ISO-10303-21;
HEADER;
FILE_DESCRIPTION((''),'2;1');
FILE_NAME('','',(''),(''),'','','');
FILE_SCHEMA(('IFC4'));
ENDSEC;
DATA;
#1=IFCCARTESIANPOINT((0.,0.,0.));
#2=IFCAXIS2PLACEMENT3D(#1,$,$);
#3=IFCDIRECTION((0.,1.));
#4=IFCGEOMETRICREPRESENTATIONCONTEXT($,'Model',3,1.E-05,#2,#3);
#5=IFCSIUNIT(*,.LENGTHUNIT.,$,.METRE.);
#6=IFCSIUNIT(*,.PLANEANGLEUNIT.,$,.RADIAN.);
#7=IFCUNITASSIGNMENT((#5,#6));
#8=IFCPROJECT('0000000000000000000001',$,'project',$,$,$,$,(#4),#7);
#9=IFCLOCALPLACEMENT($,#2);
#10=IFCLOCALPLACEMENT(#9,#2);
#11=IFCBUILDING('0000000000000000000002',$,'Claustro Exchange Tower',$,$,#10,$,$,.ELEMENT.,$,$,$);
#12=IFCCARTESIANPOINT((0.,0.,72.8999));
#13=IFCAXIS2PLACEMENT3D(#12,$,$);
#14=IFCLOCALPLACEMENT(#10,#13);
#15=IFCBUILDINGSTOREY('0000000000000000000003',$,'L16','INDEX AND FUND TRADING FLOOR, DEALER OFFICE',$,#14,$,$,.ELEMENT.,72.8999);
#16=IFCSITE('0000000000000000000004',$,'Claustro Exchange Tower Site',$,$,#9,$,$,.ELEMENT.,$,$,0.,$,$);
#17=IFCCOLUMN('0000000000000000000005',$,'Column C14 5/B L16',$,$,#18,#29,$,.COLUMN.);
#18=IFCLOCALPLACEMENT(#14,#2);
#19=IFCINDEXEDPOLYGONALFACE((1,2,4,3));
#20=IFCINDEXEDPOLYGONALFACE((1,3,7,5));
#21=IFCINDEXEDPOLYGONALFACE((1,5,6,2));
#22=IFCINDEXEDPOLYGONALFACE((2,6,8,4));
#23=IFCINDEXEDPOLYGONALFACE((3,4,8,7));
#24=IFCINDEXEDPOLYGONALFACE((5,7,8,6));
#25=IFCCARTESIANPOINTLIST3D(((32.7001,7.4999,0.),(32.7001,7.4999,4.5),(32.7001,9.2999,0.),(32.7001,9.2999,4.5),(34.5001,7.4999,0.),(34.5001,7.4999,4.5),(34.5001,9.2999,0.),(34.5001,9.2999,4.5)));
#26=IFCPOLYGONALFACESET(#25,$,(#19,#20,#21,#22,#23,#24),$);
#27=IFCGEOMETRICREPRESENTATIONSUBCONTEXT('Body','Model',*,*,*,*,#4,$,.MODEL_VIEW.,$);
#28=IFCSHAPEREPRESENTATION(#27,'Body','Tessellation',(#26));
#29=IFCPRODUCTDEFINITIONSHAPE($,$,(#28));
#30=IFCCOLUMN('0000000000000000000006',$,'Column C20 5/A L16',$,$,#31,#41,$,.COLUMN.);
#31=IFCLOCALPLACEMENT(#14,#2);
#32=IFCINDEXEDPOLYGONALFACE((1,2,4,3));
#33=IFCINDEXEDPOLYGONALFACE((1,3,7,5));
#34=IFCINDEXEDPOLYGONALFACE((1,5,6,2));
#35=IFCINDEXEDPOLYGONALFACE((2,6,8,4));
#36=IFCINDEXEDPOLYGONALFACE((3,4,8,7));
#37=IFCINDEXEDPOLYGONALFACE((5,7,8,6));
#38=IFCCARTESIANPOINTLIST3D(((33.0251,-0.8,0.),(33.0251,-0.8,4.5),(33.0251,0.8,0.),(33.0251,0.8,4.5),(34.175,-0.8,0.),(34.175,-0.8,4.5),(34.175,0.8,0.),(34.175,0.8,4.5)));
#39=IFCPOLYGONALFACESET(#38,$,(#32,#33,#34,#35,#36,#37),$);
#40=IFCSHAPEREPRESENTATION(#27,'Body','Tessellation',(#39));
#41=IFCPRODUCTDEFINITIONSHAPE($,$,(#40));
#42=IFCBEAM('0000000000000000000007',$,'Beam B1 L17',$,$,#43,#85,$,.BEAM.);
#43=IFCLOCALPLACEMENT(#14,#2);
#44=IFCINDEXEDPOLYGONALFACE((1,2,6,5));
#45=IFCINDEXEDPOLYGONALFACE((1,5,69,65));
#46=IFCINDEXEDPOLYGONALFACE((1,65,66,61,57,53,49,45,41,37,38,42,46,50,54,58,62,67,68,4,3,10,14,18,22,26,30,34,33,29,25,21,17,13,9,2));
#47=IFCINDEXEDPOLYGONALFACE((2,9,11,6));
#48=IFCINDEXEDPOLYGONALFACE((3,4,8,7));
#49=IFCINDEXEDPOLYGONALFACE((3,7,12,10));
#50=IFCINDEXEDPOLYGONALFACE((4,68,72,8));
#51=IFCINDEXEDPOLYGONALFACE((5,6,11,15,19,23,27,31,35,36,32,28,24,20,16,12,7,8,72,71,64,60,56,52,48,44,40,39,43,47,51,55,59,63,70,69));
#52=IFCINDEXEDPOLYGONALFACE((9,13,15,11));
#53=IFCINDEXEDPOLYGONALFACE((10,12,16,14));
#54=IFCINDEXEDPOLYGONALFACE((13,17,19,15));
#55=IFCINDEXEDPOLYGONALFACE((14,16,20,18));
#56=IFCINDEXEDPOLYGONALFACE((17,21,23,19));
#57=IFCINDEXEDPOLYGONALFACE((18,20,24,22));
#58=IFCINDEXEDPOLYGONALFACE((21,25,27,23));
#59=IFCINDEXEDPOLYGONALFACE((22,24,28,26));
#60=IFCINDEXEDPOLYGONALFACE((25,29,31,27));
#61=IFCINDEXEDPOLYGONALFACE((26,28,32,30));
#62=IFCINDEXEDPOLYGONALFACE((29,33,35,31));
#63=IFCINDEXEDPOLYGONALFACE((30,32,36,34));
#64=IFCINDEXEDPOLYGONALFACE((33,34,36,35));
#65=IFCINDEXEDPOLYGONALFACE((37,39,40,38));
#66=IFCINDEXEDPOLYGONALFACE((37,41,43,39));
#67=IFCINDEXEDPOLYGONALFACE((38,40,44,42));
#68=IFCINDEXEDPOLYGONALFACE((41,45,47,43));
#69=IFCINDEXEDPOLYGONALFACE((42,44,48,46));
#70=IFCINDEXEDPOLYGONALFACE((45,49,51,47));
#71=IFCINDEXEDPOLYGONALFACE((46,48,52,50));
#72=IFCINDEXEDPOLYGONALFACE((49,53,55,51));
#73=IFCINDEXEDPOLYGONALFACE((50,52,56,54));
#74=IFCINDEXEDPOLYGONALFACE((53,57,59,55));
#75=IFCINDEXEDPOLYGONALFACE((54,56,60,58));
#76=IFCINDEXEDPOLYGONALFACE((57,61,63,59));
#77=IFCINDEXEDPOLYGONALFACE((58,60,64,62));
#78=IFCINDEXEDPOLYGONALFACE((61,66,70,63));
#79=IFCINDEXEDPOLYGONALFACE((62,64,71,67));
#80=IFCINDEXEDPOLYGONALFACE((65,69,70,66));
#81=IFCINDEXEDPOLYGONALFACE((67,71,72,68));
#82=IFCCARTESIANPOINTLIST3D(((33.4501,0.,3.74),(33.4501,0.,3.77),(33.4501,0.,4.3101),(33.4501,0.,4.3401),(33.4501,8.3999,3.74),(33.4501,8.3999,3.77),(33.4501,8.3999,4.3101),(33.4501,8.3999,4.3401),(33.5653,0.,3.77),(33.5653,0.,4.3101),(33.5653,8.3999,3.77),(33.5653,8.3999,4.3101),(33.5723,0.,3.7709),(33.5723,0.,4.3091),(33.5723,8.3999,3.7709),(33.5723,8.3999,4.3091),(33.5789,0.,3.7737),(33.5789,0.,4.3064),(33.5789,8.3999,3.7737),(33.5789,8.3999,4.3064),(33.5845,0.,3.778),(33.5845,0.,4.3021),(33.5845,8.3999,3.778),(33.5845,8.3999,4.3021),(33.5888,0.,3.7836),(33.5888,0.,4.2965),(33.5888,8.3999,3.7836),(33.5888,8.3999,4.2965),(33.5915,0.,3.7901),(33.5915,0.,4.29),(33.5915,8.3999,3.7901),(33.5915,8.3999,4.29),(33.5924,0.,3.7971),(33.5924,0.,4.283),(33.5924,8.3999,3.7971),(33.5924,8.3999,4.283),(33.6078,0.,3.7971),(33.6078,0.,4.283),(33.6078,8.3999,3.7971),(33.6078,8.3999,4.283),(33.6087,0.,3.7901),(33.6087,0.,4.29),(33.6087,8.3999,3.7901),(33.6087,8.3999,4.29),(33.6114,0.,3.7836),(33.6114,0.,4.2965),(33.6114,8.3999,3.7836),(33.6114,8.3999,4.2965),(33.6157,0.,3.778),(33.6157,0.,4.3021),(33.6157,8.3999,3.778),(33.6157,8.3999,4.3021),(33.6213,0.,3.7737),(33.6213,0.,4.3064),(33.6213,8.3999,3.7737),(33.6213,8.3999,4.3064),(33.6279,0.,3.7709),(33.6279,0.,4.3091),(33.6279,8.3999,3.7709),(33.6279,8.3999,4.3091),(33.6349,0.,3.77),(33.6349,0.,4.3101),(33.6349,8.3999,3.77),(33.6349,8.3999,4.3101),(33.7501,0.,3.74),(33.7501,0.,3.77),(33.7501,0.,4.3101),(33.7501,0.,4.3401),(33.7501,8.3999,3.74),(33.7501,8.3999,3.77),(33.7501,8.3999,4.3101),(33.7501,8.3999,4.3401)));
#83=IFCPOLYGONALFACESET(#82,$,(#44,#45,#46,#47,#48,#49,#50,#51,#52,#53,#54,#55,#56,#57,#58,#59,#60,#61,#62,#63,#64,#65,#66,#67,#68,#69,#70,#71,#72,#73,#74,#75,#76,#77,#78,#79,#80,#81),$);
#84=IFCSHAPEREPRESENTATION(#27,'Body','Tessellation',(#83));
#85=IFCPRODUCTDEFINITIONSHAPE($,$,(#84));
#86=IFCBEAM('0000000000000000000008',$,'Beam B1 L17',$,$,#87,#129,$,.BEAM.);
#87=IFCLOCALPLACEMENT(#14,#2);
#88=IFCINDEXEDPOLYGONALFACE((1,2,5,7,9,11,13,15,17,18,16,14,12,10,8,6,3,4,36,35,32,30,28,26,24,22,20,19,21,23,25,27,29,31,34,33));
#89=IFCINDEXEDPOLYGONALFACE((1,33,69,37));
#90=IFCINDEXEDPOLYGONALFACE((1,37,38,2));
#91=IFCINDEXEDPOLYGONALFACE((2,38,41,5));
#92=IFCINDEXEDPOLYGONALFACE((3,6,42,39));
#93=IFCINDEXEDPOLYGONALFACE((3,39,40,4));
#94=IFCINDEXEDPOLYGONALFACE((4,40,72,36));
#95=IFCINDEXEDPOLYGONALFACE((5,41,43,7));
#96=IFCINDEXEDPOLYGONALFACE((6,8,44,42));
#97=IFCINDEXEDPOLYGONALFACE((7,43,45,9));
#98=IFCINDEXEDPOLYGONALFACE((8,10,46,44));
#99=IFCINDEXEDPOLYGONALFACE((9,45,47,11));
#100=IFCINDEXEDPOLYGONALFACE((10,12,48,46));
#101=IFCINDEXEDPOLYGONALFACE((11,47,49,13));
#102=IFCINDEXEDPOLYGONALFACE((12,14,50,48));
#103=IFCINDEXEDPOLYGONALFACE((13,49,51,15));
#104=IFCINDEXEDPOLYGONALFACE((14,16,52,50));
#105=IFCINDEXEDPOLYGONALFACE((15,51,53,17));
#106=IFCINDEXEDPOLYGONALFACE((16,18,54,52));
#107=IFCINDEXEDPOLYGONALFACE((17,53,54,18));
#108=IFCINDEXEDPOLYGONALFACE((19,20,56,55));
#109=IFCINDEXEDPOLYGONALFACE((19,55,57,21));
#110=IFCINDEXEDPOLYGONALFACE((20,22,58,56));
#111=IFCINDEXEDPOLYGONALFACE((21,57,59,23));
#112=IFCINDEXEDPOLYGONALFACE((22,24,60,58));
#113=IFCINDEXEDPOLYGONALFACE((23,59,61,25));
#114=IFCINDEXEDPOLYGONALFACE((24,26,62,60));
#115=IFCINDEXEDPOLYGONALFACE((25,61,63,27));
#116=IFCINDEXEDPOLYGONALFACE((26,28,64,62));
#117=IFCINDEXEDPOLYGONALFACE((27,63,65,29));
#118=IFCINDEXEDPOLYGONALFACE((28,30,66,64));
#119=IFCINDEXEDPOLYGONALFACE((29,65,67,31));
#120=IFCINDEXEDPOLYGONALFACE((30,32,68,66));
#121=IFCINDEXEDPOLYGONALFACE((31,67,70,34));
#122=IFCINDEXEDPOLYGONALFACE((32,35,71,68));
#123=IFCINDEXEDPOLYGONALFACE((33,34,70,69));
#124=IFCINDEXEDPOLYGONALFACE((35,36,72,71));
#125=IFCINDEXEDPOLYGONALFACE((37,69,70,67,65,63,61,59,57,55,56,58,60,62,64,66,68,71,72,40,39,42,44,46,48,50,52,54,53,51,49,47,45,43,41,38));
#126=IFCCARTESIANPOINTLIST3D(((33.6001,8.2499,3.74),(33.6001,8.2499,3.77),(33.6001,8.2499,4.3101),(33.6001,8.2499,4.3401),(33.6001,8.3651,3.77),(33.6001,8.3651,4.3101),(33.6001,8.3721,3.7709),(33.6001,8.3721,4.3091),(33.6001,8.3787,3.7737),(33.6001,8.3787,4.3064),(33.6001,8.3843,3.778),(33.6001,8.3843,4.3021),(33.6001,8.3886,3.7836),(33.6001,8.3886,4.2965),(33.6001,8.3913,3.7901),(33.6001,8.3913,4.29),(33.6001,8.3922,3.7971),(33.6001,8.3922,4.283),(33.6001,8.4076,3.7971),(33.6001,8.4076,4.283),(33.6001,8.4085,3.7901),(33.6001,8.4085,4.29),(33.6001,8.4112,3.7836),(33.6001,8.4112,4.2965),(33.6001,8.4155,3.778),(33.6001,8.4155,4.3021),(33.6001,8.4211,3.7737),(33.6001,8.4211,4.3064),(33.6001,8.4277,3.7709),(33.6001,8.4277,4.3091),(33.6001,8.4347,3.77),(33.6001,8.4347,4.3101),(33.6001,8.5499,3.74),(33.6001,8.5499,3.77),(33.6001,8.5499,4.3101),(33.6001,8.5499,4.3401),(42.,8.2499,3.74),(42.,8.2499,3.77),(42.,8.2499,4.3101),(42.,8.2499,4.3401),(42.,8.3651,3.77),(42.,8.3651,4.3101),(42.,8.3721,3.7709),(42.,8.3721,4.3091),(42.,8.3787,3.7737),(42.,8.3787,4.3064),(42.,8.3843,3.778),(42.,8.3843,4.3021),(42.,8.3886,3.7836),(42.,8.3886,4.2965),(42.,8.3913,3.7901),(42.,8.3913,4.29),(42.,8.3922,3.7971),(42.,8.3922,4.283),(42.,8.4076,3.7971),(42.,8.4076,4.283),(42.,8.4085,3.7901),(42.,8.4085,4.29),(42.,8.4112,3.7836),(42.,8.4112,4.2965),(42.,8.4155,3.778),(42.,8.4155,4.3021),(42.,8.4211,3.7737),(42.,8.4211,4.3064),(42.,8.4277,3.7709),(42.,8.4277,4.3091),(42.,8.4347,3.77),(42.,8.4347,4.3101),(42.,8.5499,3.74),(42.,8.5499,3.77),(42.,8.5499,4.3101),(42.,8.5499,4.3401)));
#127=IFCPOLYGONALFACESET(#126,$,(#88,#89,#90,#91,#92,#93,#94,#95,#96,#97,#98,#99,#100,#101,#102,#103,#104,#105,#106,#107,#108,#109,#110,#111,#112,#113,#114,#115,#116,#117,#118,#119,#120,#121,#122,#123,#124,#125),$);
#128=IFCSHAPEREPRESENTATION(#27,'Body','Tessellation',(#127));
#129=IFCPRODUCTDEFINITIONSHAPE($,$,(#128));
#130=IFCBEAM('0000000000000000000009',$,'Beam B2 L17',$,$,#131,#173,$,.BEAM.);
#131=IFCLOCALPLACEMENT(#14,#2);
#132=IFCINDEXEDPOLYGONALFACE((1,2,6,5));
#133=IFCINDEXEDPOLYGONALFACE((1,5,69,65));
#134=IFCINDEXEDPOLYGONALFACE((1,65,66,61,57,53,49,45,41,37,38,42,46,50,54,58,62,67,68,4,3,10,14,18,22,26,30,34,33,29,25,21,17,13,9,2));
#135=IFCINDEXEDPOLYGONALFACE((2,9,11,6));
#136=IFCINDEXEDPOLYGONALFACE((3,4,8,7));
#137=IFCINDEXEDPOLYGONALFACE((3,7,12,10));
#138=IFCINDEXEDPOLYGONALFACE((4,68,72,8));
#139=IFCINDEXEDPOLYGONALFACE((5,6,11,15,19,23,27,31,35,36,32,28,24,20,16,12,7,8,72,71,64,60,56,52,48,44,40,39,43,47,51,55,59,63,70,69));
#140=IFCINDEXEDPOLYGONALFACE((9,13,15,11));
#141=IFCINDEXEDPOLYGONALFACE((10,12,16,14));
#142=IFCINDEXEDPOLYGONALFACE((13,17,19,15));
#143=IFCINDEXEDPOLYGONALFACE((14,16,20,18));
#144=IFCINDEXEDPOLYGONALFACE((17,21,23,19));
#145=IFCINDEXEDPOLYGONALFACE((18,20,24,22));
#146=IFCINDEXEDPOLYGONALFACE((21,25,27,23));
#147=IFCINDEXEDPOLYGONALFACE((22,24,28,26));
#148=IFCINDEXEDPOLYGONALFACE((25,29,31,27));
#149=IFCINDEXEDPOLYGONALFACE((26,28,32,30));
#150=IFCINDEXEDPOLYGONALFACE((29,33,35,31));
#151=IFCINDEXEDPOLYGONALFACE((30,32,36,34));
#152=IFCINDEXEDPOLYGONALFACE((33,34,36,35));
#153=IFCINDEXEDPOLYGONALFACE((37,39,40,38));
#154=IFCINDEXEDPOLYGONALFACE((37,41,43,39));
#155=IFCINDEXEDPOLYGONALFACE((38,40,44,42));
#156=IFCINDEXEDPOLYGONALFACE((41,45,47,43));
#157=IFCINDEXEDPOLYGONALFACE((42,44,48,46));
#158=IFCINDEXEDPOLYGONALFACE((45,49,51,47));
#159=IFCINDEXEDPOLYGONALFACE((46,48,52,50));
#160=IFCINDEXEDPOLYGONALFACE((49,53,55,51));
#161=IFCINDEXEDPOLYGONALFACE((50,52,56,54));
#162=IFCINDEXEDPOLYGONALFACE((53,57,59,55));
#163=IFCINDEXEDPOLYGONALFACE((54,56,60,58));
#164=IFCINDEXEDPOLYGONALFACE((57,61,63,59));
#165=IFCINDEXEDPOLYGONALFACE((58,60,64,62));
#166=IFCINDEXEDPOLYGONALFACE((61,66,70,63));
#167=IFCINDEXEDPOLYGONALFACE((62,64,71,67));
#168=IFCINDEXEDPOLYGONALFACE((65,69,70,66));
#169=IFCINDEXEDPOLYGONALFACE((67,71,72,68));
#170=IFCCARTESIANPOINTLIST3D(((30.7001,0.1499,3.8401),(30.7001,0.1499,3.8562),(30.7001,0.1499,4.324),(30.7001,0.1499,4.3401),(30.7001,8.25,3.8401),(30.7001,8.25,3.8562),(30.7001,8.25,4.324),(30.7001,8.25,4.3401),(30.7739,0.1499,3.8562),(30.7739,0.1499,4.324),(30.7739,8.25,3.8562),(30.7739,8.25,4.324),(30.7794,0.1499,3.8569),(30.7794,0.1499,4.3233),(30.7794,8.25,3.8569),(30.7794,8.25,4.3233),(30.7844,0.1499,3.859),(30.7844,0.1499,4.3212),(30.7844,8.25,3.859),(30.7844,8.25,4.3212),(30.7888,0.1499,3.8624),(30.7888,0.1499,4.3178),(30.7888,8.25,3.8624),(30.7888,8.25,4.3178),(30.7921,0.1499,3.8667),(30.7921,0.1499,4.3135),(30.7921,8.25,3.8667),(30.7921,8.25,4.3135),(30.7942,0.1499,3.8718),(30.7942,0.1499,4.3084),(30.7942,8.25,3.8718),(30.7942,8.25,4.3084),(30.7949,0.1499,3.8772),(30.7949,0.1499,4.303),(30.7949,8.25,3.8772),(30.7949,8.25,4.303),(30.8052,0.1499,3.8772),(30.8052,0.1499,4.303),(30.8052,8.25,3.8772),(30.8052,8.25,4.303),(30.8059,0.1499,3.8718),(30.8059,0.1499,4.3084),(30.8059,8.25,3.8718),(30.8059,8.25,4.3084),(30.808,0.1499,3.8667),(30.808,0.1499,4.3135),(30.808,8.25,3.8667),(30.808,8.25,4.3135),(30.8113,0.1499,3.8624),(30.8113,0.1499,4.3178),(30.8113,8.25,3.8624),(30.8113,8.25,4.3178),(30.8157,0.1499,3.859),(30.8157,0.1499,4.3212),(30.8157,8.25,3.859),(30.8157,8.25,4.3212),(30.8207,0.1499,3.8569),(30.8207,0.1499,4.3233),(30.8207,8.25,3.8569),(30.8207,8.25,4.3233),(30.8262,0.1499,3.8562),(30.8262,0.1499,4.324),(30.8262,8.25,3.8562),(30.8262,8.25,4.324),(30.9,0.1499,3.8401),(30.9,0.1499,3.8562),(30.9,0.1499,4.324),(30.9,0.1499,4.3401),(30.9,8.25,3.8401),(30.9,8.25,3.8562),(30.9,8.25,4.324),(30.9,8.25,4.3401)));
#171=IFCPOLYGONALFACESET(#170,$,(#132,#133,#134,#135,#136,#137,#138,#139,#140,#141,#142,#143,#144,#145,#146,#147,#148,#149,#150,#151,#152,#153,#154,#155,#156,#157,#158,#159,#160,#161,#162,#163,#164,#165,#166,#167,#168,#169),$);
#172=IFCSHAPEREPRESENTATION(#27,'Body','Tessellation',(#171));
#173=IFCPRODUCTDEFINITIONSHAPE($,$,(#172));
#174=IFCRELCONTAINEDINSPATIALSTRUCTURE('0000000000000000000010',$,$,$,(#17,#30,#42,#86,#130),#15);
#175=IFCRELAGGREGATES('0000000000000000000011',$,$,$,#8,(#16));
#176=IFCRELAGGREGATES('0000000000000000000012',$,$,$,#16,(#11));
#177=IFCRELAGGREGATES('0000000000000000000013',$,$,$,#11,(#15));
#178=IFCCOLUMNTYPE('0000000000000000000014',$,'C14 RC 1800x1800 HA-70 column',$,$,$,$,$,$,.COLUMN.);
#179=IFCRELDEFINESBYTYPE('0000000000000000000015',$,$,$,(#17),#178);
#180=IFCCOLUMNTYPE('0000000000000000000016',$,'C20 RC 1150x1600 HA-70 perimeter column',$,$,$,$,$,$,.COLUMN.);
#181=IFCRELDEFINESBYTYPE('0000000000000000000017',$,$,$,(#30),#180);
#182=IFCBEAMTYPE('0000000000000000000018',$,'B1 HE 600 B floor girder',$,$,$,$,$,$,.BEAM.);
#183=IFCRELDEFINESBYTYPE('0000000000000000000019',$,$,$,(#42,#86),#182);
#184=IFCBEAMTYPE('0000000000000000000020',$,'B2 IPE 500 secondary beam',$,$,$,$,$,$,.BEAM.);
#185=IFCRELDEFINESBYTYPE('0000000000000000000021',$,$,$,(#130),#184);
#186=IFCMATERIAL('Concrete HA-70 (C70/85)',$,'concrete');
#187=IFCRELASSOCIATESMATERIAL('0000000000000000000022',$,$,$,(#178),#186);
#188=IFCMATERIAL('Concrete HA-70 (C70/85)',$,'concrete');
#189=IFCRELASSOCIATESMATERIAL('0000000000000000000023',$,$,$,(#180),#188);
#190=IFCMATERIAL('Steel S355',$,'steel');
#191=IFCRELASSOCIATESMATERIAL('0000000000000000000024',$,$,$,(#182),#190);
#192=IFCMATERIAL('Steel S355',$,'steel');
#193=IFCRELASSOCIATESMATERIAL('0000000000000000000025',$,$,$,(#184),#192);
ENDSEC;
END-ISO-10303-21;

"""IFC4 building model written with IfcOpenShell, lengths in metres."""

from ifc_helpers import new_model, si_unit, direction, frame, origin, origin_2d, place, context, subcontext, project, spatial, rectangle, i_section, extrude, material, material_profile, profile_set, type_object, element, save


model = new_model("IFC4")

# Units and contexts
model_context = context("Model", 3, precision=1e-05, world=origin(), true_north=direction((0.0, 1.0)))
body_context = subcontext(model_context, "Body", "Model", "MODEL_VIEW")
ifc_project = project(units=[si_unit("LENGTHUNIT", "METRE"), si_unit("PLANEANGLEUNIT", "RADIAN")], contexts=[model_context])

# Site, building, storey
site_placement = place(None, origin())
site = spatial("IfcSite", under=ifc_project, at=site_placement, Name="Claustro Exchange Tower Site", CompositionType="ELEMENT", RefElevation=0.0)
building_placement = place(site_placement, origin())
building = spatial("IfcBuilding", under=site, at=building_placement, Name="Claustro Exchange Tower", CompositionType="ELEMENT")
storey_placement = place(building_placement, frame((0.0, 0.0, 72.8999)))
storey = spatial("IfcBuildingStorey", under=building, at=storey_placement, Name="L16", Description="INDEX AND FUND TRADING FLOOR, DEALER OFFICE", CompositionType="ELEMENT", Elevation=72.8999)

# Columns
ifc_material_1 = material(Name="Concrete HA-70 (C70/85)", Category="concrete")
ifc_material_profile_1 = material_profile(ifc_material_1, rectangle(XDim=1.8, YDim=1.8, at=origin_2d()), Name="RC 1800x1800")
ifc_profile_set_1 = profile_set([ifc_material_profile_1], Name="Concrete HA-70 (C70/85)")
column_type_1 = type_object("IfcColumnType", Name="C14 RC 1800x1800 HA-70 column", PredefinedType="COLUMN", material=ifc_profile_set_1)
column_1_placement = place(storey_placement, frame((33.6001, 8.3999, 0.0), z_axis=(0.0, 0.0, 1.0), x_axis=(1.0, 0.0, 0.0)))
element("IfcColumn", 1, at=column_1_placement, inside=storey, type_object=column_type_1, Name="Column C14 5/B L16", PredefinedType="COLUMN", context=body_context, shape_type="SweptSolid", body=[
    extrude(rectangle(XDim=1.8, YDim=1.8, at=origin_2d()), origin(), (0.0, 0.0, 1.0), 4.5),
])
ifc_material_2 = material(Name="Concrete HA-70 (C70/85)", Category="concrete")
ifc_material_profile_2 = material_profile(ifc_material_2, rectangle(XDim=1.1499, YDim=1.6001, at=origin_2d()), Name="RC 1150x1600")
ifc_profile_set_2 = profile_set([ifc_material_profile_2], Name="Concrete HA-70 (C70/85)")
column_type_2 = type_object("IfcColumnType", Name="C20 RC 1150x1600 HA-70 perimeter column", PredefinedType="COLUMN", material=ifc_profile_set_2)
column_2_placement = place(storey_placement, frame((33.6001, 0.0, 0.0), z_axis=(0.0, 0.0, 1.0), x_axis=(1.0, 0.0, 0.0)))
element("IfcColumn", 2, at=column_2_placement, inside=storey, type_object=column_type_2, Name="Column C20 5/A L16", PredefinedType="COLUMN", context=body_context, shape_type="SweptSolid", body=[
    extrude(rectangle(XDim=1.1499, YDim=1.6001, at=origin_2d()), origin(), (0.0, 0.0, 1.0), 4.5),
])

# Beams
ifc_material_3 = material(Name="Steel S355", Category="steel")
ifc_material_profile_3 = material_profile(ifc_material_3, i_section(OverallWidth=0.3, OverallDepth=0.6001, WebThickness=0.0154, FlangeThickness=0.03, FilletRadius=0.0271, at=origin_2d()), Name="HE 600 B")
ifc_profile_set_3 = profile_set([ifc_material_profile_3], Name="Steel S355")
beam_type_1 = type_object("IfcBeamType", Name="B1 HE 600 B floor girder", PredefinedType="BEAM", material=ifc_profile_set_3)
for number, where, z_axis, x_axis, name in (
    (3, (33.6001, 0.0, 4.04), (0.0, 1.0, 0.0), (-1.0, 0.0, 0.0), "Beam B1 L17"),
    (4, (33.6001, 8.3999, 4.04), (1.0, 0.0, 0.0), (0.0, 1.0, 0.0), "Beam B1 L17"),
):
    element("IfcBeam", number, at=place(storey_placement, frame(where, z_axis=z_axis, x_axis=x_axis)), inside=storey, type_object=beam_type_1, Name=name, PredefinedType="BEAM", context=body_context, shape_type="SweptSolid", body=[
        extrude(i_section(OverallWidth=0.3, OverallDepth=0.6001, WebThickness=0.0154, FlangeThickness=0.03, FilletRadius=0.0271, at=origin_2d()), origin(), (0.0, 0.0, 1.0), 8.3999),
    ])
ifc_material_4 = material(Name="Steel S355", Category="steel")
ifc_material_profile_4 = material_profile(ifc_material_4, i_section(OverallWidth=0.2, OverallDepth=0.5, WebThickness=0.0103, FlangeThickness=0.0161, FilletRadius=0.021, at=origin_2d()), Name="IPE 500")
ifc_profile_set_4 = profile_set([ifc_material_profile_4], Name="Steel S355")
beam_type_2 = type_object("IfcBeamType", Name="B2 IPE 500 secondary beam", PredefinedType="BEAM", material=ifc_profile_set_4)
beam_1_placement = place(storey_placement, frame((30.8, 0.1499, 4.0901), z_axis=(0.0, 1.0, 0.0), x_axis=(-1.0, 0.0, 0.0)))
element("IfcBeam", 5, at=beam_1_placement, inside=storey, type_object=beam_type_2, Name="Beam B2 L17", PredefinedType="BEAM", context=body_context, shape_type="SweptSolid", body=[
    extrude(i_section(OverallWidth=0.2, OverallDepth=0.5, WebThickness=0.0103, FlangeThickness=0.0161, FilletRadius=0.021, at=origin_2d()), origin(), (0.0, 0.0, 1.0), 8.1001),
])

save(model, "model.ifc")
